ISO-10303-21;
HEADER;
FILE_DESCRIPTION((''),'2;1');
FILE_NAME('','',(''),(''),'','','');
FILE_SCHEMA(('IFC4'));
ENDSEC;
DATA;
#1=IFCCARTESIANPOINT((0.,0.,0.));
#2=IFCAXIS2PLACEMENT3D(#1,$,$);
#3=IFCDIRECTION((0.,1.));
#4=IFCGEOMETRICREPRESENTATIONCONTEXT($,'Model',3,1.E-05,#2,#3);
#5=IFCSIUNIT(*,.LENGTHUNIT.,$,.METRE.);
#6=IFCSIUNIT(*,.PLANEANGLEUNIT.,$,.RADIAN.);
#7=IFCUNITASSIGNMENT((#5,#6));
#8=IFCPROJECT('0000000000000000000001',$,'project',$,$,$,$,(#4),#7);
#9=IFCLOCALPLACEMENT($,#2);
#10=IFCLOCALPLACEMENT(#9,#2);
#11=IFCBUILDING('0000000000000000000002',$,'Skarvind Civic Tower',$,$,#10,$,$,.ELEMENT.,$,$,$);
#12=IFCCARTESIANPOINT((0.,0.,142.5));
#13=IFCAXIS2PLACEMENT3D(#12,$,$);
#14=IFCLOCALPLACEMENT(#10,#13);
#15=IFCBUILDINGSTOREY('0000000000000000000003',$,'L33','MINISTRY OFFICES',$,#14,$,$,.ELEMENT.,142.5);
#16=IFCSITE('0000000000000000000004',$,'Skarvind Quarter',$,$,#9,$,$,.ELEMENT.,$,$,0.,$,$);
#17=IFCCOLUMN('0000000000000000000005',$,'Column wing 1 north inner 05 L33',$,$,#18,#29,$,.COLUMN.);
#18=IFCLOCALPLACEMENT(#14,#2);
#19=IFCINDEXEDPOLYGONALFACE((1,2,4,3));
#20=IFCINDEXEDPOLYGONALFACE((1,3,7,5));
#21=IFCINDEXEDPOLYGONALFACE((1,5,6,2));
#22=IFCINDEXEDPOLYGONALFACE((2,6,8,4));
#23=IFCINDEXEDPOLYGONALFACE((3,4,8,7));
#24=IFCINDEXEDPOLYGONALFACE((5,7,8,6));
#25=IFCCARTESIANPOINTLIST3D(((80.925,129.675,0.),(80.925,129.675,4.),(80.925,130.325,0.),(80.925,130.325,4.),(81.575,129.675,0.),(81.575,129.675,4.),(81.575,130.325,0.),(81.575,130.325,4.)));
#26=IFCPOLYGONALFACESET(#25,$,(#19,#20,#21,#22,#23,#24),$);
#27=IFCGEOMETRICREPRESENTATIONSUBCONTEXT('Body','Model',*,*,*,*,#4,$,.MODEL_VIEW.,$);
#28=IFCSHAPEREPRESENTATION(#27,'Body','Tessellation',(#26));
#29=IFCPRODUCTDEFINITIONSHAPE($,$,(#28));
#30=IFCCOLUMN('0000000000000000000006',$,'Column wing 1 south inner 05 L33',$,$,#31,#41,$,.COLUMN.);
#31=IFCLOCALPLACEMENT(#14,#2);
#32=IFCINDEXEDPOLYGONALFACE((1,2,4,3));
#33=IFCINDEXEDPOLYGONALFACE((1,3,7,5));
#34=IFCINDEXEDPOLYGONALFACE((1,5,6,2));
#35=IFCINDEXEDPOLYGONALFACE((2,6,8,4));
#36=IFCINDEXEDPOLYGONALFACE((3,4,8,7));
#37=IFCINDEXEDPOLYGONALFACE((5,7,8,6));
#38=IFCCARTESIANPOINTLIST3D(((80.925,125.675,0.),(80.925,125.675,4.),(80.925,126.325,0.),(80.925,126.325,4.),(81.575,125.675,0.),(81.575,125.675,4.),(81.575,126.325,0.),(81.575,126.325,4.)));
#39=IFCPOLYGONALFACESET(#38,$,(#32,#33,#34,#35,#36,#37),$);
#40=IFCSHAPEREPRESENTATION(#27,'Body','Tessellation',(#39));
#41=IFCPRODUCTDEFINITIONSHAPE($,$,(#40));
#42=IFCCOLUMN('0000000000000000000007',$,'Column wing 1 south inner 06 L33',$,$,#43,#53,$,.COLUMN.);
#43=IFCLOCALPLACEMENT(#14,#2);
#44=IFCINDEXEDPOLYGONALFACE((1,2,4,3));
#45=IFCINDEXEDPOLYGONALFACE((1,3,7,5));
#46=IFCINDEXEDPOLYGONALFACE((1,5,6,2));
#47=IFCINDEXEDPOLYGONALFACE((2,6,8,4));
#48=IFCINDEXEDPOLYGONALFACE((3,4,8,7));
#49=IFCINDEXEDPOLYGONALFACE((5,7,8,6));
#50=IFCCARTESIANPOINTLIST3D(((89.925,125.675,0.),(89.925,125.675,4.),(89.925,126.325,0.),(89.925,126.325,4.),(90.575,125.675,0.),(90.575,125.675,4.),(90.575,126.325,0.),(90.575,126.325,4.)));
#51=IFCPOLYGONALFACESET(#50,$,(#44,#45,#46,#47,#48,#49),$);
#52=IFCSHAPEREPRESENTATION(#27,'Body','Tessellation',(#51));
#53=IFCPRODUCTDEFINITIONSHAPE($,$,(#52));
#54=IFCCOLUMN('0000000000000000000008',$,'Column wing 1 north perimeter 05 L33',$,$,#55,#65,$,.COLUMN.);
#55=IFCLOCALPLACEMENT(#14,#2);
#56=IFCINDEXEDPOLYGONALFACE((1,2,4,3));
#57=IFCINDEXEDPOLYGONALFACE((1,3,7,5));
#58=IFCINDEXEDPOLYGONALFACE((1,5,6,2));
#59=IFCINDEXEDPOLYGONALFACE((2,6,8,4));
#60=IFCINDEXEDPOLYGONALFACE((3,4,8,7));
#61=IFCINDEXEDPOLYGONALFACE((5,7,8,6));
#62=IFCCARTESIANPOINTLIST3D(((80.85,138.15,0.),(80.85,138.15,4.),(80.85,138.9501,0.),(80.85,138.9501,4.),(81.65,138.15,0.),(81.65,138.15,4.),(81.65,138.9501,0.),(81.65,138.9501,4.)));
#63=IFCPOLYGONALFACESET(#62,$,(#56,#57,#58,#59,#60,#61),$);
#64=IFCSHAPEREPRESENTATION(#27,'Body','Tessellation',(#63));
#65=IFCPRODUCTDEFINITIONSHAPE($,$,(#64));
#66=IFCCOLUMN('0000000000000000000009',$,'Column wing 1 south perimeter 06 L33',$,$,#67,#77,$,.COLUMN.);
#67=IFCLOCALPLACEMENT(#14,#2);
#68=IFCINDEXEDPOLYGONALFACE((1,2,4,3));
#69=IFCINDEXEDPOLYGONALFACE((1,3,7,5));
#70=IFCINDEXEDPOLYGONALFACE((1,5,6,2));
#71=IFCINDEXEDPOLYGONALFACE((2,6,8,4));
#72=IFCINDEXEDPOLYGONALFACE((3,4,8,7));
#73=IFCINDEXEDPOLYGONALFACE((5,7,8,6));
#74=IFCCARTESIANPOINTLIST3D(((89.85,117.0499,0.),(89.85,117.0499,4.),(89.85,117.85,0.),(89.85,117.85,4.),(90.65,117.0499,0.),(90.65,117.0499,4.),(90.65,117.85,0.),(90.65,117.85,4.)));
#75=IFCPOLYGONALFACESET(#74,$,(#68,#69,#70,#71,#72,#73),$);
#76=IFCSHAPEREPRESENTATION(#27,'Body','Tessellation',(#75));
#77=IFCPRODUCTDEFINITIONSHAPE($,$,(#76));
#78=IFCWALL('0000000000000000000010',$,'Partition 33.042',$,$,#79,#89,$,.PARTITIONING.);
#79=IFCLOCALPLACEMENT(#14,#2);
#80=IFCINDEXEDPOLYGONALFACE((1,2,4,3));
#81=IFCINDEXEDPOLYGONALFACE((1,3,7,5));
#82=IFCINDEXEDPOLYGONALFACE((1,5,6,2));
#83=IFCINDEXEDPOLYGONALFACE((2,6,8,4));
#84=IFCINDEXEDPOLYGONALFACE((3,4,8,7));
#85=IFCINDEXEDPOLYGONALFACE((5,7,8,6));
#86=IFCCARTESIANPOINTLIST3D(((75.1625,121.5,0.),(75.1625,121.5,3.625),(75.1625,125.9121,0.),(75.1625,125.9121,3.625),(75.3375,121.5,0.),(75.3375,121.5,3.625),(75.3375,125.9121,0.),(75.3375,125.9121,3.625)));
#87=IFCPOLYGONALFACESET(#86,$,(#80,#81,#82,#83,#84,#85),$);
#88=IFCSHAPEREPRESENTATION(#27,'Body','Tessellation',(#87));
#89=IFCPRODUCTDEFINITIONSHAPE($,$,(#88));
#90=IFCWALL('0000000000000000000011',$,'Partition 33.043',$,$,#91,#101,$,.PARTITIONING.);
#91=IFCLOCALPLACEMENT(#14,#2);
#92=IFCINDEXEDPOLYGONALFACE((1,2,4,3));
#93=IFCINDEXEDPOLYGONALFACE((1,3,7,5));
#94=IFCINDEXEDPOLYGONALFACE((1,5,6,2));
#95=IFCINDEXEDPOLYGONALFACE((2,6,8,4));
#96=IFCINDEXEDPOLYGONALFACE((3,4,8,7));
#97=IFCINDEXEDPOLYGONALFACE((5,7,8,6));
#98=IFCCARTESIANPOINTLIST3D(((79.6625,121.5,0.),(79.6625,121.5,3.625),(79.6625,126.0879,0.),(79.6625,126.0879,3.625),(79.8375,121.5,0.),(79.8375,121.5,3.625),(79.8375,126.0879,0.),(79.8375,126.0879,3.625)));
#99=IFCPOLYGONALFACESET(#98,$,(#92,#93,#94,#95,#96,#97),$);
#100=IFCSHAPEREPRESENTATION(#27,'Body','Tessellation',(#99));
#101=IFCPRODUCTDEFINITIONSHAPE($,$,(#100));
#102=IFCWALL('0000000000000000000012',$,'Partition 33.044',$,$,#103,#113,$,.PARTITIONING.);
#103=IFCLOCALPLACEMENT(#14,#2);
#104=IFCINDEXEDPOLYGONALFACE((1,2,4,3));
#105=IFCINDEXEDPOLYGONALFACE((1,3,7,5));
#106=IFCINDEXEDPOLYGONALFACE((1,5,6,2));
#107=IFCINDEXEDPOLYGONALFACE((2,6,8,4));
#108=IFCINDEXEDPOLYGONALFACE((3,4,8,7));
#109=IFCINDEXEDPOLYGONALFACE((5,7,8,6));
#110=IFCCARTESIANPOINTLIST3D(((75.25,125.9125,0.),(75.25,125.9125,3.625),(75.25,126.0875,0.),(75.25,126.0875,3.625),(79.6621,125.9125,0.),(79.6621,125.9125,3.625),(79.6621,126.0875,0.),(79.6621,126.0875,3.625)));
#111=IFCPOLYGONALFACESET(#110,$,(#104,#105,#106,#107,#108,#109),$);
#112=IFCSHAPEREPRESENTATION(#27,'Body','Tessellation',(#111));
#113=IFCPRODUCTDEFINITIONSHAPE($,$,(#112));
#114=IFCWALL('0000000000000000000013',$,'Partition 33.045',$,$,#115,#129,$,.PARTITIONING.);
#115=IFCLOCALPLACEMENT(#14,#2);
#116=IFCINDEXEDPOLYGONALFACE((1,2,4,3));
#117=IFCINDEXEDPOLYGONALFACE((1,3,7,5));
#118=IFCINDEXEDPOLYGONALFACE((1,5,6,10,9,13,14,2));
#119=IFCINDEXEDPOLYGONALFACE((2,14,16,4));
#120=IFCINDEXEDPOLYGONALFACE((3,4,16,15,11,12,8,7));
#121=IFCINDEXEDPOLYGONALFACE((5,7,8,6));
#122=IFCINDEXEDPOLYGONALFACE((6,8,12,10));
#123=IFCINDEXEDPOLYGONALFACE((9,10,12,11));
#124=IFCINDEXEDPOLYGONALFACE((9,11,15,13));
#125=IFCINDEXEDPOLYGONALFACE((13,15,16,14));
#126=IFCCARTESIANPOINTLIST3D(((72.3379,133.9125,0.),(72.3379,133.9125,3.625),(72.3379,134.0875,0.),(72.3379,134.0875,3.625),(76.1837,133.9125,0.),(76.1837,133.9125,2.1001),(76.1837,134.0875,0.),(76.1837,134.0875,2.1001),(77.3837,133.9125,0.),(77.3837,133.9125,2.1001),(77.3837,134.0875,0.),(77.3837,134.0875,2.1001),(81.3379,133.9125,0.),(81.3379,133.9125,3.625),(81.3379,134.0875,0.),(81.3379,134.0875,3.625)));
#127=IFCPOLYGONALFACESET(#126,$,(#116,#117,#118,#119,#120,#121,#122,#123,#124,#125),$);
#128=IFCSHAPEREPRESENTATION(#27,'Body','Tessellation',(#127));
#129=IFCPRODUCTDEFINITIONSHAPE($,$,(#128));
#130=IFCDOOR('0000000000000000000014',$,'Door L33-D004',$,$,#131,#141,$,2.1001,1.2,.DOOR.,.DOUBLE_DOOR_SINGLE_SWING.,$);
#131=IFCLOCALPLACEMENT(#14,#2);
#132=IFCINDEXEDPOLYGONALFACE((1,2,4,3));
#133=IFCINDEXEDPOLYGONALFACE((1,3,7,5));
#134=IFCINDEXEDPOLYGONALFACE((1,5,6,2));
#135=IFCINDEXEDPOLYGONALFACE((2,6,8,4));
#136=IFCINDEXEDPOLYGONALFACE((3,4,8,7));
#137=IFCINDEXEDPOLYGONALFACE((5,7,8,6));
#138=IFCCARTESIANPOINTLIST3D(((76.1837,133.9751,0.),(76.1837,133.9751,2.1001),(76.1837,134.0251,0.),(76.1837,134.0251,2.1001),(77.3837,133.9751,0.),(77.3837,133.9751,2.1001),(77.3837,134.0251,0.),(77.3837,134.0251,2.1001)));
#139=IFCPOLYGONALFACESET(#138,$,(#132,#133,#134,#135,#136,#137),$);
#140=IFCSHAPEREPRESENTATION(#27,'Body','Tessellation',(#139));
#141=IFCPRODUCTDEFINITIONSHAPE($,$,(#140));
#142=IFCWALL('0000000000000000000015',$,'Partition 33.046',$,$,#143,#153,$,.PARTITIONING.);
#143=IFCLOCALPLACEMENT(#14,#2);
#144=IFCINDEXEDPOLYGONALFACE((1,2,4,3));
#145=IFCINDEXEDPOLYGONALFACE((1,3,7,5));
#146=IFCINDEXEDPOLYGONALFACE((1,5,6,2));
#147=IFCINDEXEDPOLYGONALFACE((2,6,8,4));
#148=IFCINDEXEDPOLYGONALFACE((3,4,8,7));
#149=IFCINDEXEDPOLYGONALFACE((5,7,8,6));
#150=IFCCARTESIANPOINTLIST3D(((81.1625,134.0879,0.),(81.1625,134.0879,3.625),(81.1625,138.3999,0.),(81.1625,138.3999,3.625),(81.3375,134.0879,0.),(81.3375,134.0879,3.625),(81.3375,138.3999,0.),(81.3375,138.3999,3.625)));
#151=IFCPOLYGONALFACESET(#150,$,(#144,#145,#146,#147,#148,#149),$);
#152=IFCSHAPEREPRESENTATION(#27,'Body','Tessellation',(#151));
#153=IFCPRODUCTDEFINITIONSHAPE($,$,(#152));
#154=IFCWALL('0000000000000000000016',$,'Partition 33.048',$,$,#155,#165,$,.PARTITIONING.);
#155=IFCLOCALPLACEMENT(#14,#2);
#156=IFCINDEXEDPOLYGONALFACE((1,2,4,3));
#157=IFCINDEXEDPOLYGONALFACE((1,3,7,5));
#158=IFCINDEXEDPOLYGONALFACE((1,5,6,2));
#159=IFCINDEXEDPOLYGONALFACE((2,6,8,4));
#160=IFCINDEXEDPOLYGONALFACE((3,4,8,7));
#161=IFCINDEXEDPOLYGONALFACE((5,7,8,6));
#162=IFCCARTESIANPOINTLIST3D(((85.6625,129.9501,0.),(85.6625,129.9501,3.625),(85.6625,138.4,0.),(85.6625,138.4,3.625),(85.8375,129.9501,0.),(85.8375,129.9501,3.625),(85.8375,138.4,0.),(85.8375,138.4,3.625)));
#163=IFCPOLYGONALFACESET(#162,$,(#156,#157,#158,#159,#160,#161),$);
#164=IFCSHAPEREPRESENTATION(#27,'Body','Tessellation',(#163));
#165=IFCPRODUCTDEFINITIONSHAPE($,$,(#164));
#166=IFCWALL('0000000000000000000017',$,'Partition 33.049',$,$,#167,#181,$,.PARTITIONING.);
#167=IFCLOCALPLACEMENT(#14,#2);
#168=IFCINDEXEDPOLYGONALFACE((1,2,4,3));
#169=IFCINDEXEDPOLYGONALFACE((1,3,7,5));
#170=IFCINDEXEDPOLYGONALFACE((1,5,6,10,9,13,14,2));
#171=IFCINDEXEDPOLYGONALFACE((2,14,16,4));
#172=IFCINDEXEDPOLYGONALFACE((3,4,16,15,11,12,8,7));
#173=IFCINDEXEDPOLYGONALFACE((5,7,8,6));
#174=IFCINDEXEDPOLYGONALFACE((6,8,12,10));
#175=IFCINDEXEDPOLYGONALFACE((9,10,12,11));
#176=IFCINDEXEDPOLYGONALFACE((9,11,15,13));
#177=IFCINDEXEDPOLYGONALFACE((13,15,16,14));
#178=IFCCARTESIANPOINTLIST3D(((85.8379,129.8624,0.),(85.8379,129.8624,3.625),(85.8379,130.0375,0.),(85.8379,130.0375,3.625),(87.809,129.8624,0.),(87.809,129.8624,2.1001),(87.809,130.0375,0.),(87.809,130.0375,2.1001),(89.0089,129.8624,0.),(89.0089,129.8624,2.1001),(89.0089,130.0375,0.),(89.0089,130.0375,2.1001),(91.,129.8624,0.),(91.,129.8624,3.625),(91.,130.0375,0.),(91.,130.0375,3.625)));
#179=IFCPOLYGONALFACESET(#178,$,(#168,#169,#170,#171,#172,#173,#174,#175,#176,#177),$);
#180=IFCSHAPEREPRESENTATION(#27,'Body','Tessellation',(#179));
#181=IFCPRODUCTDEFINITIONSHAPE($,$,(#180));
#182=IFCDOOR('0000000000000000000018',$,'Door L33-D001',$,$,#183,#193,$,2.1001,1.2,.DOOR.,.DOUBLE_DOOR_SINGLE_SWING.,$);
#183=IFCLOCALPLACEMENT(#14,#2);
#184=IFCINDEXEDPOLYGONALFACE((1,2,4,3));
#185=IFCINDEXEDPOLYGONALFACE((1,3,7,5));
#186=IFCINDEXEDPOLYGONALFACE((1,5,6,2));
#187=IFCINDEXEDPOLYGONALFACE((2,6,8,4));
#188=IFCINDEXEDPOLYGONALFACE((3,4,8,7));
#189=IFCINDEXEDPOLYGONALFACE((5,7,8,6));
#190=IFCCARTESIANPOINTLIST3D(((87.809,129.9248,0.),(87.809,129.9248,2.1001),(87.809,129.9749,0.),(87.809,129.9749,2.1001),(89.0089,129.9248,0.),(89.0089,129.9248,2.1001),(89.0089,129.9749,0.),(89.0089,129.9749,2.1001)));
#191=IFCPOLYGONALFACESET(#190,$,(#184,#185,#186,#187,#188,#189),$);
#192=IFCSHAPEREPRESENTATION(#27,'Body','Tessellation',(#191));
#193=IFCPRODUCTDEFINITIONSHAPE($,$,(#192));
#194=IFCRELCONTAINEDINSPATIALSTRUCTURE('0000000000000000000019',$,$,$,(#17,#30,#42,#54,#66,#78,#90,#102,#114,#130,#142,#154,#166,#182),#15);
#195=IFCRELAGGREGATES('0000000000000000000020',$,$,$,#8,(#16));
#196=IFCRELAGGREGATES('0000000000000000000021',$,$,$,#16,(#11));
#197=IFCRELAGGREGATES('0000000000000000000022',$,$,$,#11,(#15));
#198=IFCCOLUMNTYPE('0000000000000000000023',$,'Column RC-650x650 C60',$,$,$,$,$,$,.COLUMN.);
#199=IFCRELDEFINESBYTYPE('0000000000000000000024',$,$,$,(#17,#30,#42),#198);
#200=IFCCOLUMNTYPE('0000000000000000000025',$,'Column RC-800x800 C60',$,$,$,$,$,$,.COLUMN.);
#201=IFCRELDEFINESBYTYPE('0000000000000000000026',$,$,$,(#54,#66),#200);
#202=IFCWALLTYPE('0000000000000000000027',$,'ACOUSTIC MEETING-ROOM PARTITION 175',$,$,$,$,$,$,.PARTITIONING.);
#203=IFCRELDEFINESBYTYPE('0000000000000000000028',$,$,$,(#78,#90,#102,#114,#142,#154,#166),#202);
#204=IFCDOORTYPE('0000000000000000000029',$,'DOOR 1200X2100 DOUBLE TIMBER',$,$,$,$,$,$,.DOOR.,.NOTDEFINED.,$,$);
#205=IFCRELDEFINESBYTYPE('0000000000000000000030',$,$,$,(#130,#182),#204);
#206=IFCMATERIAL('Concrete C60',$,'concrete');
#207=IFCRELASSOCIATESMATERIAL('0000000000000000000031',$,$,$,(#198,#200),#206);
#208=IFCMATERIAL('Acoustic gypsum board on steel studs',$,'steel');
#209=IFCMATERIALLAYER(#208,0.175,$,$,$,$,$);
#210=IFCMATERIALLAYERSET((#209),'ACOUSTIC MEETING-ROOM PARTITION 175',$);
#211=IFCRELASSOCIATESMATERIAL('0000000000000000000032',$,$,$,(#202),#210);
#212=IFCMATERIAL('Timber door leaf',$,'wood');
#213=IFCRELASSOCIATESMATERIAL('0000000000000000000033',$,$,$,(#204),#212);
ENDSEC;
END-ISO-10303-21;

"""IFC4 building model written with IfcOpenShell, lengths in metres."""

from ifc_helpers import new_model, si_unit, direction, frame, frame_2d, origin, origin_2d, place, context, subcontext, project, spatial, rectangle, extrude, material, layer, layer_set, material_profile, profile_set, type_object, element, fill, save


model = new_model("IFC4")

# Units and contexts
model_context = context("Model", 3, precision=1e-05, world=origin(), true_north=direction((0.0, 1.0)))
body_context = subcontext(model_context, "Body", "Model", "MODEL_VIEW")
ifc_project = project(units=[si_unit("LENGTHUNIT", "METRE"), si_unit("PLANEANGLEUNIT", "RADIAN")], contexts=[model_context])

# Site, building, storey
site_placement = place(None, origin())
site = spatial("IfcSite", under=ifc_project, at=site_placement, Name="Skarvind Quarter", CompositionType="ELEMENT", RefElevation=0.0)
building_placement = place(site_placement, origin())
building = spatial("IfcBuilding", under=site, at=building_placement, Name="Skarvind Civic Tower", CompositionType="ELEMENT")
storey_placement = place(building_placement, frame((0.0, 0.0, 142.5)))
storey = spatial("IfcBuildingStorey", under=building, at=storey_placement, Name="L33", Description="MINISTRY OFFICES", CompositionType="ELEMENT", Elevation=142.5)

# Columns
ifc_material_1 = material(Name="Concrete C60", Category="concrete")
ifc_material_profile_1 = material_profile(ifc_material_1, rectangle(XDim=0.6499, YDim=0.6499, at=origin_2d()), Name="RC-650x650")
ifc_profile_set_1 = profile_set([ifc_material_profile_1], Name="Concrete C60")
column_type_1 = type_object("IfcColumnType", Name="Column RC-650x650 C60", PredefinedType="COLUMN", material=ifc_profile_set_1)
for number, where, z_axis, x_axis, name in (
    (1, (81.25, 130.0, 0.0), (0.0, 0.0, 1.0), (1.0, 0.0, 0.0), "Column wing 1 north inner 05 L33"),
    (2, (81.25, 126.0, 0.0), (0.0, 0.0, 1.0), (1.0, 0.0, 0.0), "Column wing 1 south inner 05 L33"),
    (3, (90.25, 126.0, 0.0), (0.0, 0.0, 1.0), (1.0, 0.0, 0.0), "Column wing 1 south inner 06 L33"),
):
    element("IfcColumn", number, at=place(storey_placement, frame(where, z_axis=z_axis, x_axis=x_axis)), inside=storey, type_object=column_type_1, Name=name, PredefinedType="COLUMN", context=body_context, shape_type="SweptSolid", body=[
        extrude(rectangle(XDim=0.6499, YDim=0.6499, at=origin_2d()), origin(), (0.0, 0.0, 1.0), 4.0),
    ])
ifc_material_profile_2 = material_profile(ifc_material_1, rectangle(XDim=0.8, YDim=0.8, at=origin_2d()), Name="RC-800x800")
ifc_profile_set_2 = profile_set([ifc_material_profile_2], Name="Concrete C60")
column_type_2 = type_object("IfcColumnType", Name="Column RC-800x800 C60", PredefinedType="COLUMN", material=ifc_profile_set_2)
for number, where, z_axis, x_axis, name in (
    (4, (81.25, 138.55, 0.0), (0.0, 0.0, 1.0), (1.0, 0.0, 0.0), "Column wing 1 north perimeter 05 L33"),
    (5, (90.25, 117.45, 0.0), (0.0, 0.0, 1.0), (1.0, 0.0, 0.0), "Column wing 1 south perimeter 06 L33"),
):
    element("IfcColumn", number, at=place(storey_placement, frame(where, z_axis=z_axis, x_axis=x_axis)), inside=storey, type_object=column_type_2, Name=name, PredefinedType="COLUMN", context=body_context, shape_type="SweptSolid", body=[
        extrude(rectangle(XDim=0.8, YDim=0.8, at=origin_2d()), origin(), (0.0, 0.0, 1.0), 4.0),
    ])

# Walls
ifc_material_2 = material(Name="Acoustic gypsum board on steel studs", Category="steel")
ifc_layer_1 = layer(ifc_material_2, 0.175)
ifc_layer_set_1 = layer_set([ifc_layer_1], Name="ACOUSTIC MEETING-ROOM PARTITION 175")
wall_type_1 = type_object("IfcWallType", Name="ACOUSTIC MEETING-ROOM PARTITION 175", PredefinedType="PARTITIONING", material=ifc_layer_set_1)
wall_1_placement = place(storey_placement, frame((75.25, 125.9121, 0.0), z_axis=(0.0, 0.0, 1.0), x_axis=(0.0, -1.0, 0.0)))
element("IfcWall", 6, at=wall_1_placement, inside=storey, type_object=wall_type_1, Name="Partition 33.042", PredefinedType="PARTITIONING", context=body_context, shape_type="SweptSolid", body=[
    extrude(rectangle(XDim=4.4121, YDim=0.175, at=frame_2d((2.2061, 0.0))), origin(), (0.0, 0.0, 1.0), 3.625),
])
wall_2_placement = place(storey_placement, frame((79.75, 121.5, 0.0), z_axis=(0.0, 0.0, 1.0), x_axis=(0.0, 1.0, 0.0)))
element("IfcWall", 7, at=wall_2_placement, inside=storey, type_object=wall_type_1, Name="Partition 33.043", PredefinedType="PARTITIONING", context=body_context, shape_type="SweptSolid", body=[
    extrude(rectangle(XDim=4.5879, YDim=0.175, at=frame_2d((2.2939, 0.0))), origin(), (0.0, 0.0, 1.0), 3.625),
])
wall_3_placement = place(storey_placement, frame((79.6621, 126.0, 0.0), z_axis=(0.0, 0.0, 1.0), x_axis=(-1.0, 0.0, 0.0)))
element("IfcWall", 8, at=wall_3_placement, inside=storey, type_object=wall_type_1, Name="Partition 33.044", PredefinedType="PARTITIONING", context=body_context, shape_type="SweptSolid", body=[
    extrude(rectangle(XDim=4.4121, YDim=0.175, at=frame_2d((2.2061, 0.0))), origin(), (0.0, 0.0, 1.0), 3.625),
])

# Wall, opening, door
wall_4_placement = place(storey_placement, frame((81.3379, 134.0, 0.0), z_axis=(0.0, 0.0, 1.0), x_axis=(-1.0, 0.0, 0.0)))
wall_4 = element("IfcWall", 9, at=wall_4_placement, inside=storey, type_object=wall_type_1, Name="Partition 33.045", PredefinedType="PARTITIONING", context=body_context, shape_type="SweptSolid", body=[
    extrude(rectangle(XDim=9.0, YDim=0.175, at=frame_2d((4.5, 0.0))), origin(), (0.0, 0.0, 1.0), 3.625),
])
opening_1_placement = place(wall_4_placement, frame((3.9541, 0.0, 0.0)))
opening_1 = element("IfcOpeningElement", 10, at=opening_1_placement, cuts=wall_4, PredefinedType="OPENING", context=body_context, shape_type="SweptSolid", body=[
    extrude(rectangle(XDim=1.2, YDim=2.1001, at=frame_2d((0.6001, 1.05))), frame((0.0, 0.0974, 0.0), z_axis=(0.0, -1.0, 0.0), x_axis=(1.0, 0.0, 0.0)), (0.0, 0.0, 1.0), 0.1951),
])
ifc_material_3 = material(Name="Timber door leaf", Category="wood")
door_type = type_object("IfcDoorType", Name="DOOR 1200X2100 DOUBLE TIMBER", OperationType="NOTDEFINED", PredefinedType="DOOR", material=ifc_material_3)
door_1_placement = place(opening_1_placement, origin())
door_1 = element("IfcDoor", 11, at=door_1_placement, inside=storey, type_object=door_type, Name="Door L33-D004", OperationType="DOUBLE_DOOR_SINGLE_SWING", OverallHeight=2.1001, OverallWidth=1.2, PredefinedType="DOOR", context=body_context, shape_type="SweptSolid", body=[
    extrude(rectangle(XDim=1.2, YDim=2.1001, at=frame_2d((0.6001, 1.05))), frame((0.0, 0.0249, 0.0), z_axis=(0.0, -1.0, 0.0), x_axis=(1.0, 0.0, 0.0)), (0.0, 0.0, 1.0), 0.05),
])
fill(opening_1, door_1)

# Walls
wall_5_placement = place(storey_placement, frame((81.25, 138.3999, 0.0), z_axis=(0.0, 0.0, 1.0), x_axis=(0.0, -1.0, 0.0)))
element("IfcWall", 12, at=wall_5_placement, inside=storey, type_object=wall_type_1, Name="Partition 33.046", PredefinedType="PARTITIONING", context=body_context, shape_type="SweptSolid", body=[
    extrude(rectangle(XDim=4.312, YDim=0.175, at=frame_2d((2.156, 0.0))), origin(), (0.0, 0.0, 1.0), 3.625),
])
wall_6_placement = place(storey_placement, frame((85.75, 129.95, 0.0), z_axis=(0.0, 0.0, 1.0), x_axis=(0.0, 1.0, 0.0)))
element("IfcWall", 13, at=wall_6_placement, inside=storey, type_object=wall_type_1, Name="Partition 33.048", PredefinedType="PARTITIONING", context=body_context, shape_type="SweptSolid", body=[
    extrude(rectangle(XDim=8.45, YDim=0.175, at=frame_2d((4.2251, 0.0))), origin(), (0.0, 0.0, 1.0), 3.625),
])

# Wall, opening, door
wall_7_placement = place(storey_placement, frame((85.8379, 129.95, 0.0), z_axis=(0.0, 0.0, 1.0), x_axis=(1.0, 0.0, 0.0)))
wall_7 = element("IfcWall", 14, at=wall_7_placement, inside=storey, type_object=wall_type_1, Name="Partition 33.049", PredefinedType="PARTITIONING", context=body_context, shape_type="SweptSolid", body=[
    extrude(rectangle(XDim=5.1621, YDim=0.175, at=frame_2d((2.5811, 0.0))), origin(), (0.0, 0.0, 1.0), 3.625),
])
opening_2_placement = place(wall_7_placement, frame((1.9709, 0.0, 0.0)))
opening_2 = element("IfcOpeningElement", 15, at=opening_2_placement, cuts=wall_7, PredefinedType="OPENING", context=body_context, shape_type="SweptSolid", body=[
    extrude(rectangle(XDim=1.2, YDim=2.1001, at=frame_2d((0.6001, 1.05))), frame((0.0, 0.0974, 0.0), z_axis=(0.0, -1.0, 0.0), x_axis=(1.0, 0.0, 0.0)), (0.0, 0.0, 1.0), 0.1951),
])
door_2_placement = place(opening_2_placement, origin())
door_2 = element("IfcDoor", 16, at=door_2_placement, inside=storey, type_object=door_type, Name="Door L33-D001", OperationType="DOUBLE_DOOR_SINGLE_SWING", OverallHeight=2.1001, OverallWidth=1.2, PredefinedType="DOOR", context=body_context, shape_type="SweptSolid", body=[
    extrude(rectangle(XDim=1.2, YDim=2.1001, at=frame_2d((0.6001, 1.05))), frame((0.0, 0.0249, 0.0), z_axis=(0.0, -1.0, 0.0), x_axis=(1.0, 0.0, 0.0)), (0.0, 0.0, 1.0), 0.05),
])
fill(opening_2, door_2)

save(model, "model.ifc")
